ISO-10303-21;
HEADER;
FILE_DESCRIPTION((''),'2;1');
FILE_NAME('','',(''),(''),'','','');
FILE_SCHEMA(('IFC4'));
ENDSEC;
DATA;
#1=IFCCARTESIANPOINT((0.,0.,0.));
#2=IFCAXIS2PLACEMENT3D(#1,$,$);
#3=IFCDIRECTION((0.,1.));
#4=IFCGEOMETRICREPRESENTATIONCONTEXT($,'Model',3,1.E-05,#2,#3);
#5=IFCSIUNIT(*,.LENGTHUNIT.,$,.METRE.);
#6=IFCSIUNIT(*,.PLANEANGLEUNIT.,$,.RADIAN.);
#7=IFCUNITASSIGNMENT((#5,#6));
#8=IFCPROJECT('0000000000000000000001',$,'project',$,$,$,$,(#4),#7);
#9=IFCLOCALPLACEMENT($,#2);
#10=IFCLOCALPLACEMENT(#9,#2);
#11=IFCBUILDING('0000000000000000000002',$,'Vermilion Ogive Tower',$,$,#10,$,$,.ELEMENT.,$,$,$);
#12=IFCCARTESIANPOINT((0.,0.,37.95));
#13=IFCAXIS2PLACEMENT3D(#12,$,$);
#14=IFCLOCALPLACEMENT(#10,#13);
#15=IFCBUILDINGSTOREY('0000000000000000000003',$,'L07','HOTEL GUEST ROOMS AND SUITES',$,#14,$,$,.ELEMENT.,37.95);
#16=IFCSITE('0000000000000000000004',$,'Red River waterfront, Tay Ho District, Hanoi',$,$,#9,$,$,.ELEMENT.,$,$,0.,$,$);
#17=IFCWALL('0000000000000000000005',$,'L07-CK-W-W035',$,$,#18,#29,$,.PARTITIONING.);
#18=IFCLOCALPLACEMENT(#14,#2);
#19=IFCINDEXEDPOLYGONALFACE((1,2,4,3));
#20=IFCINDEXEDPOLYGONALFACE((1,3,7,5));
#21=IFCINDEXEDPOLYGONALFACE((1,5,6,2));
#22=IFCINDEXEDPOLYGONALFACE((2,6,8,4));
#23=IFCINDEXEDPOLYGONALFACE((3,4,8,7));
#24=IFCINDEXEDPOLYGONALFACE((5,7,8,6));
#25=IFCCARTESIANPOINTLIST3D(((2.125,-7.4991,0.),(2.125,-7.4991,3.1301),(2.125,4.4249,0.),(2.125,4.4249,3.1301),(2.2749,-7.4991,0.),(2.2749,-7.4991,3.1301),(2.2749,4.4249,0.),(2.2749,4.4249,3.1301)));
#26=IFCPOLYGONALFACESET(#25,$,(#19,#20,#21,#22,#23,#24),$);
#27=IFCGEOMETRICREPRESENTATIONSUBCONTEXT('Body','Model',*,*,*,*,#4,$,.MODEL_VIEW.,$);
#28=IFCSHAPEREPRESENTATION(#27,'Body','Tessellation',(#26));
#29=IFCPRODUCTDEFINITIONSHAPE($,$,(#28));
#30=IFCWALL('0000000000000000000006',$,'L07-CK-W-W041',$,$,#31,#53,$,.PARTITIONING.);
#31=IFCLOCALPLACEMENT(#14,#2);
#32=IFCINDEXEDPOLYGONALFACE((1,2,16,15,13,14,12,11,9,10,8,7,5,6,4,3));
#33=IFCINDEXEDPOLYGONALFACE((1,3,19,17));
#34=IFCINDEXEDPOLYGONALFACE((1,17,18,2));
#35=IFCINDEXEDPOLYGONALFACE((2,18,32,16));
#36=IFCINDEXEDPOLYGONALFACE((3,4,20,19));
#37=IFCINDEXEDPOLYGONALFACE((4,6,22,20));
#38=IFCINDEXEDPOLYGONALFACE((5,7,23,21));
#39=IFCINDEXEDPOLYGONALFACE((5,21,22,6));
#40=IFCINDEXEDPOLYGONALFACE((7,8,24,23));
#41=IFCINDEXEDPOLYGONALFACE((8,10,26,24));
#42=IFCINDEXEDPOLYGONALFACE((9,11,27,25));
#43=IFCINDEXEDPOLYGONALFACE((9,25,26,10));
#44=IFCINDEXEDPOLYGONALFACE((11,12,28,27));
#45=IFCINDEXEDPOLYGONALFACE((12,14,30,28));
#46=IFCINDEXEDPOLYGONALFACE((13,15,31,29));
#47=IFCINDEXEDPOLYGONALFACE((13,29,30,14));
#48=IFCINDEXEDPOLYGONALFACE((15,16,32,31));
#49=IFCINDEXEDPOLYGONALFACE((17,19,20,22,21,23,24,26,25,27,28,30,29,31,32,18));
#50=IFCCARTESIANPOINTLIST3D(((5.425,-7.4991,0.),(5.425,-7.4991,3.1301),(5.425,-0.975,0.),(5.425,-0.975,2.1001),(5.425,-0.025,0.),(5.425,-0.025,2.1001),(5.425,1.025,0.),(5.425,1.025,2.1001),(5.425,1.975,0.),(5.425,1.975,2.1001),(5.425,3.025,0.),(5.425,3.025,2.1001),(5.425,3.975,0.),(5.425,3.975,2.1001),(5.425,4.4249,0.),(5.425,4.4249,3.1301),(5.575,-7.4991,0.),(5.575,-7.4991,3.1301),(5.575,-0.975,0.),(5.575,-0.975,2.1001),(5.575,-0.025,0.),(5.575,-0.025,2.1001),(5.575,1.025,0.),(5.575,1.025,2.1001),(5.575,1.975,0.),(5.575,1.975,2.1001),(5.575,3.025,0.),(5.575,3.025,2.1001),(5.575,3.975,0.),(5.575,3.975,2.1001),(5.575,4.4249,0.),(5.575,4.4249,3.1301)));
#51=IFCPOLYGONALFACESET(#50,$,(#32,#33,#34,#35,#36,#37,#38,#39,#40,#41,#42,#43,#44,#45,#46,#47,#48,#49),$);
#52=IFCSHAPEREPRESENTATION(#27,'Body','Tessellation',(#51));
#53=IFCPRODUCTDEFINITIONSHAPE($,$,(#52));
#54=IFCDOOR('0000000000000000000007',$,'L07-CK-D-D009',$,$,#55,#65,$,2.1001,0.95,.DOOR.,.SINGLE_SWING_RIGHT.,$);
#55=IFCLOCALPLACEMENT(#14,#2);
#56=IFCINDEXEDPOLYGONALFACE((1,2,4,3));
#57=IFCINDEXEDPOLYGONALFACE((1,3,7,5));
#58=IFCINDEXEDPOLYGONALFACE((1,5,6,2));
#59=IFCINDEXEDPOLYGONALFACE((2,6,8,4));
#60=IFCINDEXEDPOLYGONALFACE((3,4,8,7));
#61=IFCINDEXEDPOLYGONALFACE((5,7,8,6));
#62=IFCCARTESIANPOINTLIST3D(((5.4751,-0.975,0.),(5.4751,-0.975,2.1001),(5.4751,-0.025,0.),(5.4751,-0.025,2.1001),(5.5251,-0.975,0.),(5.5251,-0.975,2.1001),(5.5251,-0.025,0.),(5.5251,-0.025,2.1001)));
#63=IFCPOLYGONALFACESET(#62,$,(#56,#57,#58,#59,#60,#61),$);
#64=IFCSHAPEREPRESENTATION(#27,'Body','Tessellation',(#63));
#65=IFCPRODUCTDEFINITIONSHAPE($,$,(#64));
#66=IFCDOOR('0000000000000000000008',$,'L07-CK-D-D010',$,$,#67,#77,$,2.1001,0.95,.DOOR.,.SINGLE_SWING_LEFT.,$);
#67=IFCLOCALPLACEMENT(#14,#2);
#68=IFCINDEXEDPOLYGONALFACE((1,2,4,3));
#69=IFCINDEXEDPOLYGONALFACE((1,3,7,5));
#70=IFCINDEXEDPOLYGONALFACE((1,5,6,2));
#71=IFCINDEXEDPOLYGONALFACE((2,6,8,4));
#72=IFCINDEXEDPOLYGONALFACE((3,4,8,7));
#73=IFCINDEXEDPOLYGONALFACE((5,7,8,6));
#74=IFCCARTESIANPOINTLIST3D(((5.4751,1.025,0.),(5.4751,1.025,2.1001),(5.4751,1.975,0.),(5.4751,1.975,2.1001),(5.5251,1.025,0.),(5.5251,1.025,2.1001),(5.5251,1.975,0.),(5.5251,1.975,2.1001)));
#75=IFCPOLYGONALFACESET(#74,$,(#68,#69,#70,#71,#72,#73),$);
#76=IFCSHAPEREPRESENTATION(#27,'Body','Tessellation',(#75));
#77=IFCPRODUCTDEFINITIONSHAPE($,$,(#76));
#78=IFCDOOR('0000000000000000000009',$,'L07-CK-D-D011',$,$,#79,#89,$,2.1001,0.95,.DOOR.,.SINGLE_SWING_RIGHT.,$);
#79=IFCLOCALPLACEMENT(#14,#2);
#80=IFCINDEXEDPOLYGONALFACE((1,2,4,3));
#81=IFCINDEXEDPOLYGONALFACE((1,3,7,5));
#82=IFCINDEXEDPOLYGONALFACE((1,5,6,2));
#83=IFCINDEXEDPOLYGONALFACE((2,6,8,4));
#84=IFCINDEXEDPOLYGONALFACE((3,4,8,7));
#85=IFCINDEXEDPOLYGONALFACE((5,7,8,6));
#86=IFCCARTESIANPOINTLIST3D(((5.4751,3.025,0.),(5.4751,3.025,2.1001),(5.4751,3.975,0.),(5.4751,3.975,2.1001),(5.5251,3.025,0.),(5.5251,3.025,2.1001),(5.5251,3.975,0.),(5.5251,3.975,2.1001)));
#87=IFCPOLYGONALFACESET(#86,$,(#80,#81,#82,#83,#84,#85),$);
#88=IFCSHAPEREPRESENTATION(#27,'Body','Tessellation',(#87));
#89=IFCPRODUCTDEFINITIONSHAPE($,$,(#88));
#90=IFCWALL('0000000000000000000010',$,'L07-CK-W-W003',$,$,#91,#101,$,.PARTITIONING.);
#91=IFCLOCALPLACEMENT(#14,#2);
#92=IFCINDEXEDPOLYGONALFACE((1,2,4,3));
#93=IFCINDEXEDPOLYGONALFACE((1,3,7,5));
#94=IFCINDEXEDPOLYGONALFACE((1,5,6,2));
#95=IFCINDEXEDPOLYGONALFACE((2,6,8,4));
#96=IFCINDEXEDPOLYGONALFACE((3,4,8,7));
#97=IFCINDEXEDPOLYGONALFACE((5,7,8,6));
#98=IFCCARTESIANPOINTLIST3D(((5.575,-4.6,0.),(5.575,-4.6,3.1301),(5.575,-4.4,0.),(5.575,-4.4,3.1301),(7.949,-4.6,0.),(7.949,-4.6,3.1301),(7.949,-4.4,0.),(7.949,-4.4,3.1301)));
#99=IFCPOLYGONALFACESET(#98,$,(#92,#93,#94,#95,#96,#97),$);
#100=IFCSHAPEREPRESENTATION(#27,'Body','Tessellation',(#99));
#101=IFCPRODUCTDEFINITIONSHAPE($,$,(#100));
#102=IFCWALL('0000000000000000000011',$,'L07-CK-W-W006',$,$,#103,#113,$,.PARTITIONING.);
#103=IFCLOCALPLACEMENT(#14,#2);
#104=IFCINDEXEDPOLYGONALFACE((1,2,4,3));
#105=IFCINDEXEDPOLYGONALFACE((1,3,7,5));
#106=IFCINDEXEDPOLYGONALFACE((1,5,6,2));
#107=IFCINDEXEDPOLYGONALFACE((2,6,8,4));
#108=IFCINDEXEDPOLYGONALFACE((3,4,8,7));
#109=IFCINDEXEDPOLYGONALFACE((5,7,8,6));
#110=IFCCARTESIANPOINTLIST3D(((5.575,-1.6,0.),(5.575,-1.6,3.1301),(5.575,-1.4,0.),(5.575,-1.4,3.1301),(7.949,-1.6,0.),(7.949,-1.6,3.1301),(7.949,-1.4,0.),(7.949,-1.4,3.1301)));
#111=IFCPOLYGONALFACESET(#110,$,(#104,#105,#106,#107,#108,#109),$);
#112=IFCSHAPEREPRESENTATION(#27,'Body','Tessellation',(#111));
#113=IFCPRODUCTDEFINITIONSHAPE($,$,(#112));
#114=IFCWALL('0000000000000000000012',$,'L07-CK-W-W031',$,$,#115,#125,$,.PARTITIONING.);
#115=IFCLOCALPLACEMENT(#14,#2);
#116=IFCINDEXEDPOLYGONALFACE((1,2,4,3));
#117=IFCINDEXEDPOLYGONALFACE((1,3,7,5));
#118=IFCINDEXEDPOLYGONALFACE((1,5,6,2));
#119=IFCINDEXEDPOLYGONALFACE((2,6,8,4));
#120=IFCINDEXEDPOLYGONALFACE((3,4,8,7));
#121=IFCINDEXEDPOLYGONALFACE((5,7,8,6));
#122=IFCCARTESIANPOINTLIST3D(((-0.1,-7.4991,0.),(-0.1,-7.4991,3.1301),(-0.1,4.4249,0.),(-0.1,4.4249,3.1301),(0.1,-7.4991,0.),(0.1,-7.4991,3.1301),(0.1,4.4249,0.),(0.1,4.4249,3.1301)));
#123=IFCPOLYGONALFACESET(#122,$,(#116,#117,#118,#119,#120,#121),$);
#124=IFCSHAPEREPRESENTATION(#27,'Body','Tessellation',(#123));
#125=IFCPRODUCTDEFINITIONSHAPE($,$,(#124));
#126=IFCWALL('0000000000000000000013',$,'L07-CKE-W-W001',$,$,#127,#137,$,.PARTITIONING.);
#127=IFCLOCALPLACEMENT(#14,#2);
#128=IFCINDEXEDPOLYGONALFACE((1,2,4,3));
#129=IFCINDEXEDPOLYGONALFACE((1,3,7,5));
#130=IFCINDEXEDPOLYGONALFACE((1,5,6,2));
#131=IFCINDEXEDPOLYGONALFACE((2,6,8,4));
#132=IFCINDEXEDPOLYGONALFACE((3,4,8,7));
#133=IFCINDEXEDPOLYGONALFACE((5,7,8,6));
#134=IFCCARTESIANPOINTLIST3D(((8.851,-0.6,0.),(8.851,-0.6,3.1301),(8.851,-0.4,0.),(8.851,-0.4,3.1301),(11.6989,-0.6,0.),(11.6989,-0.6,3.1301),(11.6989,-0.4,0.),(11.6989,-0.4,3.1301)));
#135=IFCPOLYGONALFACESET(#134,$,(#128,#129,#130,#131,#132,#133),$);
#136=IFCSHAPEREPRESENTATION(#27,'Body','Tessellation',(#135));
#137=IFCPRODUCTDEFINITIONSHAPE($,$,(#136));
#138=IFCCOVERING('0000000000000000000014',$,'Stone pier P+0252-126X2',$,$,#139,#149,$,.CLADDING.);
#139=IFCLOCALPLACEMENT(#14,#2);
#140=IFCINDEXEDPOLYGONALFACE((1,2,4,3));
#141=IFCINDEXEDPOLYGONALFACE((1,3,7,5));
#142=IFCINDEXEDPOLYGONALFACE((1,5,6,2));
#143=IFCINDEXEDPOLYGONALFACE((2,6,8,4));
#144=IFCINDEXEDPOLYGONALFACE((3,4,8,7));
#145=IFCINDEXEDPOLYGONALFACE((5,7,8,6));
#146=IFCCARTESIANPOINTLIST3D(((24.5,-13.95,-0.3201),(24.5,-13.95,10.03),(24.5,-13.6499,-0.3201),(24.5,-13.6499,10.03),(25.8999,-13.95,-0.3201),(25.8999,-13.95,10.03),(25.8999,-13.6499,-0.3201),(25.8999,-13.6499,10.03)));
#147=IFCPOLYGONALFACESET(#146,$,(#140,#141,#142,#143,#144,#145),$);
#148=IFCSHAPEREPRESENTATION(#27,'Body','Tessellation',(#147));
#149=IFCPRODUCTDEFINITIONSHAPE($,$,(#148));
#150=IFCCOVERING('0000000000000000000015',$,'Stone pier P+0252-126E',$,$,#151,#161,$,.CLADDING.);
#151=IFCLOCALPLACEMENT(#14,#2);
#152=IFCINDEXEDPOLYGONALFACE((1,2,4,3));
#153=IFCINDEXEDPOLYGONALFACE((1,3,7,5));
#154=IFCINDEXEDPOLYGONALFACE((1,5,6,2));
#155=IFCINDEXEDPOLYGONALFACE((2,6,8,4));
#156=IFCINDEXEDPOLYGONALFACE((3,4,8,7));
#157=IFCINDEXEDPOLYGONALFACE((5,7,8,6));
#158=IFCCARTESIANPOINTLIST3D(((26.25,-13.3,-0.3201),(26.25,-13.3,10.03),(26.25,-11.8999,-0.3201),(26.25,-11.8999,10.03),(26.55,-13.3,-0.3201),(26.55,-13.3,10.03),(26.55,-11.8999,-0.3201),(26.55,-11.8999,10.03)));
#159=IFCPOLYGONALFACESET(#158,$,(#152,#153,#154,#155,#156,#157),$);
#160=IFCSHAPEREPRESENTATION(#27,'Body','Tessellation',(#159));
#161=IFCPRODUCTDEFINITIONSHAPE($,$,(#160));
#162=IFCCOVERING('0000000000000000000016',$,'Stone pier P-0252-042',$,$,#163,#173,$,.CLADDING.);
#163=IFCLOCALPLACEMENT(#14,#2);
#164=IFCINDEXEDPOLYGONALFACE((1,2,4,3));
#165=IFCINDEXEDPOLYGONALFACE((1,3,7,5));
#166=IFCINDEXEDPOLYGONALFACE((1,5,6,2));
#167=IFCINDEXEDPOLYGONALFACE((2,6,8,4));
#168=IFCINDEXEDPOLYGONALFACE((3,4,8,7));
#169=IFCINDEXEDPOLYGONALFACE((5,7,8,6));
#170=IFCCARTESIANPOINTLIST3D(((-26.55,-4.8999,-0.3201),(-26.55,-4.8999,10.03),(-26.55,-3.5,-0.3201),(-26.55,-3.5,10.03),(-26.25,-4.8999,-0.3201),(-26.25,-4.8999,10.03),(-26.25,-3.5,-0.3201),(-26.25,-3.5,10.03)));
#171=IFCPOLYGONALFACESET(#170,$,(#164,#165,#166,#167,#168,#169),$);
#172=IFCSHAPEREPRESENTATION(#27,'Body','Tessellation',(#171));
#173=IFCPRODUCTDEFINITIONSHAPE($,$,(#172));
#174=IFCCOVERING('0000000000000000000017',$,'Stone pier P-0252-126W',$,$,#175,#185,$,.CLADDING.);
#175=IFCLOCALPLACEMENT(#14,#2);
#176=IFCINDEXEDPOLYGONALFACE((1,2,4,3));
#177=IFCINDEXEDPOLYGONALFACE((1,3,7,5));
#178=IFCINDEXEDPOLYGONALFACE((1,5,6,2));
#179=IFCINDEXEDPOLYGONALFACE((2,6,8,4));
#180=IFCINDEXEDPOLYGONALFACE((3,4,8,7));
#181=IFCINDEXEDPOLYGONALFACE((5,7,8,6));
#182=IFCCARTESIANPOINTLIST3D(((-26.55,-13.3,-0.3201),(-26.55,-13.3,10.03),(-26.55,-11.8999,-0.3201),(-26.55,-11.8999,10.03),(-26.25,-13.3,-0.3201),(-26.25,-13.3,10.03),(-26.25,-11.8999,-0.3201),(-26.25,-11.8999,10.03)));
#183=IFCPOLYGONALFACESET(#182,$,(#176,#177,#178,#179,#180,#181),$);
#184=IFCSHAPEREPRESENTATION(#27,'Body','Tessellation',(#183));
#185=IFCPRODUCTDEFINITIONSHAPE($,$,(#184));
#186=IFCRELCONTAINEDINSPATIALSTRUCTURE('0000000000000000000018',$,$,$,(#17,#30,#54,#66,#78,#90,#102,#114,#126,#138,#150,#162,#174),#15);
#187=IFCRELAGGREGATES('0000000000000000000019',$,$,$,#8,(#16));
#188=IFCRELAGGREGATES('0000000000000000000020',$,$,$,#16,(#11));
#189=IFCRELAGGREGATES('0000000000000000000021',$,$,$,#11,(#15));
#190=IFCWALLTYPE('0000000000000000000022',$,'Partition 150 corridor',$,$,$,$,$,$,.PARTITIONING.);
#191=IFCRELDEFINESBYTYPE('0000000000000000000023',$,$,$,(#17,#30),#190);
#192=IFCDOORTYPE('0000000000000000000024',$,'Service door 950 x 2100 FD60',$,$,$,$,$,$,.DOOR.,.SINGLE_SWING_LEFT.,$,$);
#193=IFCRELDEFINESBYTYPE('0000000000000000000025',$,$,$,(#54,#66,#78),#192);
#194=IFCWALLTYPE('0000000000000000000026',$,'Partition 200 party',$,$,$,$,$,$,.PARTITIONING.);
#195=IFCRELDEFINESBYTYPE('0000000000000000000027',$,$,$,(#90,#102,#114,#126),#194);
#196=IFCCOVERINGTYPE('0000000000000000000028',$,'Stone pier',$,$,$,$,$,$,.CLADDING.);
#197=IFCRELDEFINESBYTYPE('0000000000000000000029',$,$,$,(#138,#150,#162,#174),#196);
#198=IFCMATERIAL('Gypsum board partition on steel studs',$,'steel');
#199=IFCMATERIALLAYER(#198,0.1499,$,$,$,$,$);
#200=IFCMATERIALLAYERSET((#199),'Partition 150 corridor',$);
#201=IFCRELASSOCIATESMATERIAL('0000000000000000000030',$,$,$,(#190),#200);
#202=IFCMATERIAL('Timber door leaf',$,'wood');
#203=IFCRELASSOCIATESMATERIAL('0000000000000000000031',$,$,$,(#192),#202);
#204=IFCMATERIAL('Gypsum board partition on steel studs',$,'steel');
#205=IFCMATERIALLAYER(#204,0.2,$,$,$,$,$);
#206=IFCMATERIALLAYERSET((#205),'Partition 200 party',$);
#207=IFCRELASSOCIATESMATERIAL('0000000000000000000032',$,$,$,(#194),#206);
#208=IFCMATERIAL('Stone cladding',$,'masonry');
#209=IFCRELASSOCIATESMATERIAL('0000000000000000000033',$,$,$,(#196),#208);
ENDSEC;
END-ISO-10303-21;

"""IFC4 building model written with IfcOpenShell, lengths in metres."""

from ifc_helpers import new_model, si_unit, direction, frame, frame_2d, origin, place, context, subcontext, project, spatial, polyline, rectangle, outline, extrude, material, layer, layer_set, type_object, element, fill, save


model = new_model("IFC4")

# Units and contexts
model_context = context("Model", 3, precision=1e-05, world=origin(), true_north=direction((0.0, 1.0)))
body_context = subcontext(model_context, "Body", "Model", "MODEL_VIEW")
ifc_project = project(units=[si_unit("LENGTHUNIT", "METRE"), si_unit("PLANEANGLEUNIT", "RADIAN")], contexts=[model_context])

# Site, building, storey
site_placement = place(None, origin())
site = spatial("IfcSite", under=ifc_project, at=site_placement, Name="Red River waterfront, Tay Ho District, Hanoi", CompositionType="ELEMENT", RefElevation=0.0)
building_placement = place(site_placement, origin())
building = spatial("IfcBuilding", under=site, at=building_placement, Name="Vermilion Ogive Tower", CompositionType="ELEMENT")
storey_placement = place(building_placement, frame((0.0, 0.0, 37.95)))
storey = spatial("IfcBuildingStorey", under=building, at=storey_placement, Name="L07", Description="HOTEL GUEST ROOMS AND SUITES", CompositionType="ELEMENT", Elevation=37.95)

# Wall
ifc_material_1 = material(Name="Gypsum board partition on steel studs", Category="steel")
ifc_layer_1 = layer(ifc_material_1, 0.1499)
ifc_layer_set_1 = layer_set([ifc_layer_1], Name="Partition 150 corridor")
wall_type_1 = type_object("IfcWallType", Name="Partition 150 corridor", PredefinedType="PARTITIONING", material=ifc_layer_set_1)
wall_1_placement = place(storey_placement, frame((2.2, -7.499, 0.0), z_axis=(0.0, 0.0, 1.0), x_axis=(0.0, 1.0, 0.0)))
element("IfcWall", 1, at=wall_1_placement, inside=storey, type_object=wall_type_1, Name="L07-CK-W-W035", PredefinedType="PARTITIONING", context=body_context, shape_type="SweptSolid", body=[
    extrude(rectangle(XDim=11.9241, YDim=0.1499, at=frame_2d((5.9619, 0.0))), origin(), (0.0, 0.0, 1.0), 3.1301),
])

# Wall, openings, doors
wall_2_placement = place(storey_placement, frame((5.5, -7.499, 0.0), z_axis=(0.0, 0.0, 1.0), x_axis=(0.0, 1.0, 0.0)))
wall_2 = element("IfcWall", 2, at=wall_2_placement, inside=storey, type_object=wall_type_1, Name="L07-CK-W-W041", PredefinedType="PARTITIONING", context=body_context, shape_type="SweptSolid", body=[
    extrude(rectangle(XDim=11.9241, YDim=0.1499, at=frame_2d((5.9619, 0.0))), origin(), (0.0, 0.0, 1.0), 3.1301),
])
opening_1_placement = place(wall_2_placement, frame((6.5239, 0.0, 0.0)))
opening_1 = element("IfcOpeningElement", 3, at=opening_1_placement, cuts=wall_2, PredefinedType="OPENING", context=body_context, shape_type="SweptSolid", body=[
    extrude(rectangle(XDim=0.95, YDim=2.1001, at=frame_2d((0.4751, 1.05))), frame((0.0, 0.085, 0.0), z_axis=(0.0, -1.0, 0.0), x_axis=(1.0, 0.0, 0.0)), (0.0, 0.0, 1.0), 0.1699),
])
opening_2_placement = place(wall_2_placement, frame((8.5239, 0.0, 0.0)))
opening_2 = element("IfcOpeningElement", 4, at=opening_2_placement, cuts=wall_2, PredefinedType="OPENING", context=body_context, shape_type="SweptSolid", body=[
    extrude(rectangle(XDim=0.95, YDim=2.1001, at=frame_2d((0.4751, 1.05))), frame((0.0, 0.085, 0.0), z_axis=(0.0, -1.0, 0.0), x_axis=(1.0, 0.0, 0.0)), (0.0, 0.0, 1.0), 0.1699),
])
opening_3_placement = place(wall_2_placement, frame((10.5239, 0.0, 0.0)))
opening_3 = element("IfcOpeningElement", 5, at=opening_3_placement, cuts=wall_2, PredefinedType="OPENING", context=body_context, shape_type="SweptSolid", body=[
    extrude(rectangle(XDim=0.95, YDim=2.1001, at=frame_2d((0.4751, 1.05))), frame((0.0, 0.085, 0.0), z_axis=(0.0, -1.0, 0.0), x_axis=(1.0, 0.0, 0.0)), (0.0, 0.0, 1.0), 0.1699),
])
ifc_material_2 = material(Name="Timber door leaf", Category="wood")
door_type = type_object("IfcDoorType", Name="Service door 950 x 2100 FD60", OperationType="SINGLE_SWING_LEFT", PredefinedType="DOOR", material=ifc_material_2)
door_1_placement = place(opening_1_placement, origin())
door_1 = element("IfcDoor", 6, at=door_1_placement, inside=storey, type_object=door_type, Name="L07-CK-D-D009", OperationType="SINGLE_SWING_RIGHT", OverallHeight=2.1001, OverallWidth=0.95, PredefinedType="DOOR", context=body_context, shape_type="SweptSolid", body=[
    extrude(rectangle(XDim=0.95, YDim=2.1001, at=frame_2d((0.4751, 1.05))), frame((0.0, 0.0249, 0.0), z_axis=(0.0, -1.0, 0.0), x_axis=(1.0, 0.0, 0.0)), (0.0, 0.0, 1.0), 0.05),
])
fill(opening_1, door_1)
door_2_placement = place(opening_2_placement, origin())
door_2 = element("IfcDoor", 7, at=door_2_placement, inside=storey, type_object=door_type, Name="L07-CK-D-D010", OperationType="SINGLE_SWING_LEFT", OverallHeight=2.1001, OverallWidth=0.95, PredefinedType="DOOR", context=body_context, shape_type="SweptSolid", body=[
    extrude(rectangle(XDim=0.95, YDim=2.1001, at=frame_2d((0.4751, 1.05))), frame((0.0, 0.0249, 0.0), z_axis=(0.0, -1.0, 0.0), x_axis=(1.0, 0.0, 0.0)), (0.0, 0.0, 1.0), 0.05),
])
fill(opening_2, door_2)
door_3_placement = place(opening_3_placement, origin())
door_3 = element("IfcDoor", 8, at=door_3_placement, inside=storey, type_object=door_type, Name="L07-CK-D-D011", OperationType="SINGLE_SWING_RIGHT", OverallHeight=2.1001, OverallWidth=0.95, PredefinedType="DOOR", context=body_context, shape_type="SweptSolid", body=[
    extrude(rectangle(XDim=0.95, YDim=2.1001, at=frame_2d((0.4751, 1.05))), frame((0.0, 0.0249, 0.0), z_axis=(0.0, -1.0, 0.0), x_axis=(1.0, 0.0, 0.0)), (0.0, 0.0, 1.0), 0.05),
])
fill(opening_3, door_3)

# Walls
ifc_material_3 = material(Name="Gypsum board partition on steel studs", Category="steel")
ifc_layer_2 = layer(ifc_material_3, 0.2)
ifc_layer_set_2 = layer_set([ifc_layer_2], Name="Partition 200 party")
wall_type_2 = type_object("IfcWallType", Name="Partition 200 party", PredefinedType="PARTITIONING", material=ifc_layer_set_2)
for number, where, z_axis, x_axis, name in (
    (9, (5.575, -4.5, 0.0), (0.0, 0.0, 1.0), (1.0, 0.0, 0.0), "L07-CK-W-W003"),
    (10, (5.575, -1.5, 0.0), (0.0, 0.0, 1.0), (1.0, 0.0, 0.0), "L07-CK-W-W006"),
):
    element("IfcWall", number, at=place(storey_placement, frame(where, z_axis=z_axis, x_axis=x_axis)), inside=storey, type_object=wall_type_2, Name=name, PredefinedType="PARTITIONING", context=body_context, shape_type="SweptSolid", body=[
        extrude(rectangle(XDim=2.374, YDim=0.2, at=frame_2d((1.187, 0.0))), origin(), (0.0, 0.0, 1.0), 3.1301),
    ])
wall_3_placement = place(storey_placement, frame((0.0, -7.499, 0.0), z_axis=(0.0, 0.0, 1.0), x_axis=(0.0, 1.0, 0.0)))
element("IfcWall", 11, at=wall_3_placement, inside=storey, type_object=wall_type_2, Name="L07-CK-W-W031", PredefinedType="PARTITIONING", context=body_context, shape_type="SweptSolid", body=[
    extrude(rectangle(XDim=11.9241, YDim=0.2, at=frame_2d((5.9619, 0.0))), origin(), (0.0, 0.0, 1.0), 3.1301),
])
wall_4_placement = place(storey_placement, frame((8.8511, -0.5, 0.0), z_axis=(0.0, 0.0, 1.0), x_axis=(1.0, 0.0, 0.0)))
element("IfcWall", 12, at=wall_4_placement, inside=storey, type_object=wall_type_2, Name="L07-CKE-W-W001", PredefinedType="PARTITIONING", context=body_context, shape_type="SweptSolid", body=[
    extrude(rectangle(XDim=2.8479, YDim=0.2, at=frame_2d((1.4238, 0.0))), origin(), (0.0, 0.0, 1.0), 3.1301),
])

# Coverings
ifc_material_4 = material(Name="Stone cladding", Category="masonry")
covering_type = type_object("IfcCoveringType", Name="Stone pier", PredefinedType="CLADDING", material=ifc_material_4)
covering_1_placement = place(storey_placement, frame((0.0, 0.0, -0.3201)))
element("IfcCovering", 13, at=covering_1_placement, inside=storey, type_object=covering_type, Name="Stone pier P+0252-126X2", PredefinedType="CLADDING", context=body_context, shape_type="SweptSolid", body=[
    extrude(outline(polyline([(25.8999, -13.95), (24.5, -13.95), (24.5, -13.6499), (25.8999, -13.6499), (25.8999, -13.95)])), origin(), (0.0, 0.0, 1.0), 10.3501),
])
covering_2_placement = place(storey_placement, frame((0.0, 0.0, -0.3201)))
element("IfcCovering", 14, at=covering_2_placement, inside=storey, type_object=covering_type, Name="Stone pier P+0252-126E", PredefinedType="CLADDING", context=body_context, shape_type="SweptSolid", body=[
    extrude(outline(polyline([(26.55, -13.3), (26.25, -13.3), (26.25, -11.8999), (26.55, -11.8999), (26.55, -13.3)])), origin(), (0.0, 0.0, 1.0), 10.3501),
])
covering_3_placement = place(storey_placement, frame((0.0, 0.0, -0.3201)))
element("IfcCovering", 15, at=covering_3_placement, inside=storey, type_object=covering_type, Name="Stone pier P-0252-042", PredefinedType="CLADDING", context=body_context, shape_type="SweptSolid", body=[
    extrude(outline(polyline([(-26.55, -4.8999), (-26.55, -3.5), (-26.25, -3.5), (-26.25, -4.8999), (-26.55, -4.8999)])), origin(), (0.0, 0.0, 1.0), 10.3501),
])
covering_4_placement = place(storey_placement, frame((0.0, 0.0, -0.3201)))
element("IfcCovering", 16, at=covering_4_placement, inside=storey, type_object=covering_type, Name="Stone pier P-0252-126W", PredefinedType="CLADDING", context=body_context, shape_type="SweptSolid", body=[
    extrude(outline(polyline([(-26.55, -13.3), (-26.55, -11.8999), (-26.25, -11.8999), (-26.25, -13.3), (-26.55, -13.3)])), origin(), (0.0, 0.0, 1.0), 10.3501),
])

save(model, "model.ifc")
